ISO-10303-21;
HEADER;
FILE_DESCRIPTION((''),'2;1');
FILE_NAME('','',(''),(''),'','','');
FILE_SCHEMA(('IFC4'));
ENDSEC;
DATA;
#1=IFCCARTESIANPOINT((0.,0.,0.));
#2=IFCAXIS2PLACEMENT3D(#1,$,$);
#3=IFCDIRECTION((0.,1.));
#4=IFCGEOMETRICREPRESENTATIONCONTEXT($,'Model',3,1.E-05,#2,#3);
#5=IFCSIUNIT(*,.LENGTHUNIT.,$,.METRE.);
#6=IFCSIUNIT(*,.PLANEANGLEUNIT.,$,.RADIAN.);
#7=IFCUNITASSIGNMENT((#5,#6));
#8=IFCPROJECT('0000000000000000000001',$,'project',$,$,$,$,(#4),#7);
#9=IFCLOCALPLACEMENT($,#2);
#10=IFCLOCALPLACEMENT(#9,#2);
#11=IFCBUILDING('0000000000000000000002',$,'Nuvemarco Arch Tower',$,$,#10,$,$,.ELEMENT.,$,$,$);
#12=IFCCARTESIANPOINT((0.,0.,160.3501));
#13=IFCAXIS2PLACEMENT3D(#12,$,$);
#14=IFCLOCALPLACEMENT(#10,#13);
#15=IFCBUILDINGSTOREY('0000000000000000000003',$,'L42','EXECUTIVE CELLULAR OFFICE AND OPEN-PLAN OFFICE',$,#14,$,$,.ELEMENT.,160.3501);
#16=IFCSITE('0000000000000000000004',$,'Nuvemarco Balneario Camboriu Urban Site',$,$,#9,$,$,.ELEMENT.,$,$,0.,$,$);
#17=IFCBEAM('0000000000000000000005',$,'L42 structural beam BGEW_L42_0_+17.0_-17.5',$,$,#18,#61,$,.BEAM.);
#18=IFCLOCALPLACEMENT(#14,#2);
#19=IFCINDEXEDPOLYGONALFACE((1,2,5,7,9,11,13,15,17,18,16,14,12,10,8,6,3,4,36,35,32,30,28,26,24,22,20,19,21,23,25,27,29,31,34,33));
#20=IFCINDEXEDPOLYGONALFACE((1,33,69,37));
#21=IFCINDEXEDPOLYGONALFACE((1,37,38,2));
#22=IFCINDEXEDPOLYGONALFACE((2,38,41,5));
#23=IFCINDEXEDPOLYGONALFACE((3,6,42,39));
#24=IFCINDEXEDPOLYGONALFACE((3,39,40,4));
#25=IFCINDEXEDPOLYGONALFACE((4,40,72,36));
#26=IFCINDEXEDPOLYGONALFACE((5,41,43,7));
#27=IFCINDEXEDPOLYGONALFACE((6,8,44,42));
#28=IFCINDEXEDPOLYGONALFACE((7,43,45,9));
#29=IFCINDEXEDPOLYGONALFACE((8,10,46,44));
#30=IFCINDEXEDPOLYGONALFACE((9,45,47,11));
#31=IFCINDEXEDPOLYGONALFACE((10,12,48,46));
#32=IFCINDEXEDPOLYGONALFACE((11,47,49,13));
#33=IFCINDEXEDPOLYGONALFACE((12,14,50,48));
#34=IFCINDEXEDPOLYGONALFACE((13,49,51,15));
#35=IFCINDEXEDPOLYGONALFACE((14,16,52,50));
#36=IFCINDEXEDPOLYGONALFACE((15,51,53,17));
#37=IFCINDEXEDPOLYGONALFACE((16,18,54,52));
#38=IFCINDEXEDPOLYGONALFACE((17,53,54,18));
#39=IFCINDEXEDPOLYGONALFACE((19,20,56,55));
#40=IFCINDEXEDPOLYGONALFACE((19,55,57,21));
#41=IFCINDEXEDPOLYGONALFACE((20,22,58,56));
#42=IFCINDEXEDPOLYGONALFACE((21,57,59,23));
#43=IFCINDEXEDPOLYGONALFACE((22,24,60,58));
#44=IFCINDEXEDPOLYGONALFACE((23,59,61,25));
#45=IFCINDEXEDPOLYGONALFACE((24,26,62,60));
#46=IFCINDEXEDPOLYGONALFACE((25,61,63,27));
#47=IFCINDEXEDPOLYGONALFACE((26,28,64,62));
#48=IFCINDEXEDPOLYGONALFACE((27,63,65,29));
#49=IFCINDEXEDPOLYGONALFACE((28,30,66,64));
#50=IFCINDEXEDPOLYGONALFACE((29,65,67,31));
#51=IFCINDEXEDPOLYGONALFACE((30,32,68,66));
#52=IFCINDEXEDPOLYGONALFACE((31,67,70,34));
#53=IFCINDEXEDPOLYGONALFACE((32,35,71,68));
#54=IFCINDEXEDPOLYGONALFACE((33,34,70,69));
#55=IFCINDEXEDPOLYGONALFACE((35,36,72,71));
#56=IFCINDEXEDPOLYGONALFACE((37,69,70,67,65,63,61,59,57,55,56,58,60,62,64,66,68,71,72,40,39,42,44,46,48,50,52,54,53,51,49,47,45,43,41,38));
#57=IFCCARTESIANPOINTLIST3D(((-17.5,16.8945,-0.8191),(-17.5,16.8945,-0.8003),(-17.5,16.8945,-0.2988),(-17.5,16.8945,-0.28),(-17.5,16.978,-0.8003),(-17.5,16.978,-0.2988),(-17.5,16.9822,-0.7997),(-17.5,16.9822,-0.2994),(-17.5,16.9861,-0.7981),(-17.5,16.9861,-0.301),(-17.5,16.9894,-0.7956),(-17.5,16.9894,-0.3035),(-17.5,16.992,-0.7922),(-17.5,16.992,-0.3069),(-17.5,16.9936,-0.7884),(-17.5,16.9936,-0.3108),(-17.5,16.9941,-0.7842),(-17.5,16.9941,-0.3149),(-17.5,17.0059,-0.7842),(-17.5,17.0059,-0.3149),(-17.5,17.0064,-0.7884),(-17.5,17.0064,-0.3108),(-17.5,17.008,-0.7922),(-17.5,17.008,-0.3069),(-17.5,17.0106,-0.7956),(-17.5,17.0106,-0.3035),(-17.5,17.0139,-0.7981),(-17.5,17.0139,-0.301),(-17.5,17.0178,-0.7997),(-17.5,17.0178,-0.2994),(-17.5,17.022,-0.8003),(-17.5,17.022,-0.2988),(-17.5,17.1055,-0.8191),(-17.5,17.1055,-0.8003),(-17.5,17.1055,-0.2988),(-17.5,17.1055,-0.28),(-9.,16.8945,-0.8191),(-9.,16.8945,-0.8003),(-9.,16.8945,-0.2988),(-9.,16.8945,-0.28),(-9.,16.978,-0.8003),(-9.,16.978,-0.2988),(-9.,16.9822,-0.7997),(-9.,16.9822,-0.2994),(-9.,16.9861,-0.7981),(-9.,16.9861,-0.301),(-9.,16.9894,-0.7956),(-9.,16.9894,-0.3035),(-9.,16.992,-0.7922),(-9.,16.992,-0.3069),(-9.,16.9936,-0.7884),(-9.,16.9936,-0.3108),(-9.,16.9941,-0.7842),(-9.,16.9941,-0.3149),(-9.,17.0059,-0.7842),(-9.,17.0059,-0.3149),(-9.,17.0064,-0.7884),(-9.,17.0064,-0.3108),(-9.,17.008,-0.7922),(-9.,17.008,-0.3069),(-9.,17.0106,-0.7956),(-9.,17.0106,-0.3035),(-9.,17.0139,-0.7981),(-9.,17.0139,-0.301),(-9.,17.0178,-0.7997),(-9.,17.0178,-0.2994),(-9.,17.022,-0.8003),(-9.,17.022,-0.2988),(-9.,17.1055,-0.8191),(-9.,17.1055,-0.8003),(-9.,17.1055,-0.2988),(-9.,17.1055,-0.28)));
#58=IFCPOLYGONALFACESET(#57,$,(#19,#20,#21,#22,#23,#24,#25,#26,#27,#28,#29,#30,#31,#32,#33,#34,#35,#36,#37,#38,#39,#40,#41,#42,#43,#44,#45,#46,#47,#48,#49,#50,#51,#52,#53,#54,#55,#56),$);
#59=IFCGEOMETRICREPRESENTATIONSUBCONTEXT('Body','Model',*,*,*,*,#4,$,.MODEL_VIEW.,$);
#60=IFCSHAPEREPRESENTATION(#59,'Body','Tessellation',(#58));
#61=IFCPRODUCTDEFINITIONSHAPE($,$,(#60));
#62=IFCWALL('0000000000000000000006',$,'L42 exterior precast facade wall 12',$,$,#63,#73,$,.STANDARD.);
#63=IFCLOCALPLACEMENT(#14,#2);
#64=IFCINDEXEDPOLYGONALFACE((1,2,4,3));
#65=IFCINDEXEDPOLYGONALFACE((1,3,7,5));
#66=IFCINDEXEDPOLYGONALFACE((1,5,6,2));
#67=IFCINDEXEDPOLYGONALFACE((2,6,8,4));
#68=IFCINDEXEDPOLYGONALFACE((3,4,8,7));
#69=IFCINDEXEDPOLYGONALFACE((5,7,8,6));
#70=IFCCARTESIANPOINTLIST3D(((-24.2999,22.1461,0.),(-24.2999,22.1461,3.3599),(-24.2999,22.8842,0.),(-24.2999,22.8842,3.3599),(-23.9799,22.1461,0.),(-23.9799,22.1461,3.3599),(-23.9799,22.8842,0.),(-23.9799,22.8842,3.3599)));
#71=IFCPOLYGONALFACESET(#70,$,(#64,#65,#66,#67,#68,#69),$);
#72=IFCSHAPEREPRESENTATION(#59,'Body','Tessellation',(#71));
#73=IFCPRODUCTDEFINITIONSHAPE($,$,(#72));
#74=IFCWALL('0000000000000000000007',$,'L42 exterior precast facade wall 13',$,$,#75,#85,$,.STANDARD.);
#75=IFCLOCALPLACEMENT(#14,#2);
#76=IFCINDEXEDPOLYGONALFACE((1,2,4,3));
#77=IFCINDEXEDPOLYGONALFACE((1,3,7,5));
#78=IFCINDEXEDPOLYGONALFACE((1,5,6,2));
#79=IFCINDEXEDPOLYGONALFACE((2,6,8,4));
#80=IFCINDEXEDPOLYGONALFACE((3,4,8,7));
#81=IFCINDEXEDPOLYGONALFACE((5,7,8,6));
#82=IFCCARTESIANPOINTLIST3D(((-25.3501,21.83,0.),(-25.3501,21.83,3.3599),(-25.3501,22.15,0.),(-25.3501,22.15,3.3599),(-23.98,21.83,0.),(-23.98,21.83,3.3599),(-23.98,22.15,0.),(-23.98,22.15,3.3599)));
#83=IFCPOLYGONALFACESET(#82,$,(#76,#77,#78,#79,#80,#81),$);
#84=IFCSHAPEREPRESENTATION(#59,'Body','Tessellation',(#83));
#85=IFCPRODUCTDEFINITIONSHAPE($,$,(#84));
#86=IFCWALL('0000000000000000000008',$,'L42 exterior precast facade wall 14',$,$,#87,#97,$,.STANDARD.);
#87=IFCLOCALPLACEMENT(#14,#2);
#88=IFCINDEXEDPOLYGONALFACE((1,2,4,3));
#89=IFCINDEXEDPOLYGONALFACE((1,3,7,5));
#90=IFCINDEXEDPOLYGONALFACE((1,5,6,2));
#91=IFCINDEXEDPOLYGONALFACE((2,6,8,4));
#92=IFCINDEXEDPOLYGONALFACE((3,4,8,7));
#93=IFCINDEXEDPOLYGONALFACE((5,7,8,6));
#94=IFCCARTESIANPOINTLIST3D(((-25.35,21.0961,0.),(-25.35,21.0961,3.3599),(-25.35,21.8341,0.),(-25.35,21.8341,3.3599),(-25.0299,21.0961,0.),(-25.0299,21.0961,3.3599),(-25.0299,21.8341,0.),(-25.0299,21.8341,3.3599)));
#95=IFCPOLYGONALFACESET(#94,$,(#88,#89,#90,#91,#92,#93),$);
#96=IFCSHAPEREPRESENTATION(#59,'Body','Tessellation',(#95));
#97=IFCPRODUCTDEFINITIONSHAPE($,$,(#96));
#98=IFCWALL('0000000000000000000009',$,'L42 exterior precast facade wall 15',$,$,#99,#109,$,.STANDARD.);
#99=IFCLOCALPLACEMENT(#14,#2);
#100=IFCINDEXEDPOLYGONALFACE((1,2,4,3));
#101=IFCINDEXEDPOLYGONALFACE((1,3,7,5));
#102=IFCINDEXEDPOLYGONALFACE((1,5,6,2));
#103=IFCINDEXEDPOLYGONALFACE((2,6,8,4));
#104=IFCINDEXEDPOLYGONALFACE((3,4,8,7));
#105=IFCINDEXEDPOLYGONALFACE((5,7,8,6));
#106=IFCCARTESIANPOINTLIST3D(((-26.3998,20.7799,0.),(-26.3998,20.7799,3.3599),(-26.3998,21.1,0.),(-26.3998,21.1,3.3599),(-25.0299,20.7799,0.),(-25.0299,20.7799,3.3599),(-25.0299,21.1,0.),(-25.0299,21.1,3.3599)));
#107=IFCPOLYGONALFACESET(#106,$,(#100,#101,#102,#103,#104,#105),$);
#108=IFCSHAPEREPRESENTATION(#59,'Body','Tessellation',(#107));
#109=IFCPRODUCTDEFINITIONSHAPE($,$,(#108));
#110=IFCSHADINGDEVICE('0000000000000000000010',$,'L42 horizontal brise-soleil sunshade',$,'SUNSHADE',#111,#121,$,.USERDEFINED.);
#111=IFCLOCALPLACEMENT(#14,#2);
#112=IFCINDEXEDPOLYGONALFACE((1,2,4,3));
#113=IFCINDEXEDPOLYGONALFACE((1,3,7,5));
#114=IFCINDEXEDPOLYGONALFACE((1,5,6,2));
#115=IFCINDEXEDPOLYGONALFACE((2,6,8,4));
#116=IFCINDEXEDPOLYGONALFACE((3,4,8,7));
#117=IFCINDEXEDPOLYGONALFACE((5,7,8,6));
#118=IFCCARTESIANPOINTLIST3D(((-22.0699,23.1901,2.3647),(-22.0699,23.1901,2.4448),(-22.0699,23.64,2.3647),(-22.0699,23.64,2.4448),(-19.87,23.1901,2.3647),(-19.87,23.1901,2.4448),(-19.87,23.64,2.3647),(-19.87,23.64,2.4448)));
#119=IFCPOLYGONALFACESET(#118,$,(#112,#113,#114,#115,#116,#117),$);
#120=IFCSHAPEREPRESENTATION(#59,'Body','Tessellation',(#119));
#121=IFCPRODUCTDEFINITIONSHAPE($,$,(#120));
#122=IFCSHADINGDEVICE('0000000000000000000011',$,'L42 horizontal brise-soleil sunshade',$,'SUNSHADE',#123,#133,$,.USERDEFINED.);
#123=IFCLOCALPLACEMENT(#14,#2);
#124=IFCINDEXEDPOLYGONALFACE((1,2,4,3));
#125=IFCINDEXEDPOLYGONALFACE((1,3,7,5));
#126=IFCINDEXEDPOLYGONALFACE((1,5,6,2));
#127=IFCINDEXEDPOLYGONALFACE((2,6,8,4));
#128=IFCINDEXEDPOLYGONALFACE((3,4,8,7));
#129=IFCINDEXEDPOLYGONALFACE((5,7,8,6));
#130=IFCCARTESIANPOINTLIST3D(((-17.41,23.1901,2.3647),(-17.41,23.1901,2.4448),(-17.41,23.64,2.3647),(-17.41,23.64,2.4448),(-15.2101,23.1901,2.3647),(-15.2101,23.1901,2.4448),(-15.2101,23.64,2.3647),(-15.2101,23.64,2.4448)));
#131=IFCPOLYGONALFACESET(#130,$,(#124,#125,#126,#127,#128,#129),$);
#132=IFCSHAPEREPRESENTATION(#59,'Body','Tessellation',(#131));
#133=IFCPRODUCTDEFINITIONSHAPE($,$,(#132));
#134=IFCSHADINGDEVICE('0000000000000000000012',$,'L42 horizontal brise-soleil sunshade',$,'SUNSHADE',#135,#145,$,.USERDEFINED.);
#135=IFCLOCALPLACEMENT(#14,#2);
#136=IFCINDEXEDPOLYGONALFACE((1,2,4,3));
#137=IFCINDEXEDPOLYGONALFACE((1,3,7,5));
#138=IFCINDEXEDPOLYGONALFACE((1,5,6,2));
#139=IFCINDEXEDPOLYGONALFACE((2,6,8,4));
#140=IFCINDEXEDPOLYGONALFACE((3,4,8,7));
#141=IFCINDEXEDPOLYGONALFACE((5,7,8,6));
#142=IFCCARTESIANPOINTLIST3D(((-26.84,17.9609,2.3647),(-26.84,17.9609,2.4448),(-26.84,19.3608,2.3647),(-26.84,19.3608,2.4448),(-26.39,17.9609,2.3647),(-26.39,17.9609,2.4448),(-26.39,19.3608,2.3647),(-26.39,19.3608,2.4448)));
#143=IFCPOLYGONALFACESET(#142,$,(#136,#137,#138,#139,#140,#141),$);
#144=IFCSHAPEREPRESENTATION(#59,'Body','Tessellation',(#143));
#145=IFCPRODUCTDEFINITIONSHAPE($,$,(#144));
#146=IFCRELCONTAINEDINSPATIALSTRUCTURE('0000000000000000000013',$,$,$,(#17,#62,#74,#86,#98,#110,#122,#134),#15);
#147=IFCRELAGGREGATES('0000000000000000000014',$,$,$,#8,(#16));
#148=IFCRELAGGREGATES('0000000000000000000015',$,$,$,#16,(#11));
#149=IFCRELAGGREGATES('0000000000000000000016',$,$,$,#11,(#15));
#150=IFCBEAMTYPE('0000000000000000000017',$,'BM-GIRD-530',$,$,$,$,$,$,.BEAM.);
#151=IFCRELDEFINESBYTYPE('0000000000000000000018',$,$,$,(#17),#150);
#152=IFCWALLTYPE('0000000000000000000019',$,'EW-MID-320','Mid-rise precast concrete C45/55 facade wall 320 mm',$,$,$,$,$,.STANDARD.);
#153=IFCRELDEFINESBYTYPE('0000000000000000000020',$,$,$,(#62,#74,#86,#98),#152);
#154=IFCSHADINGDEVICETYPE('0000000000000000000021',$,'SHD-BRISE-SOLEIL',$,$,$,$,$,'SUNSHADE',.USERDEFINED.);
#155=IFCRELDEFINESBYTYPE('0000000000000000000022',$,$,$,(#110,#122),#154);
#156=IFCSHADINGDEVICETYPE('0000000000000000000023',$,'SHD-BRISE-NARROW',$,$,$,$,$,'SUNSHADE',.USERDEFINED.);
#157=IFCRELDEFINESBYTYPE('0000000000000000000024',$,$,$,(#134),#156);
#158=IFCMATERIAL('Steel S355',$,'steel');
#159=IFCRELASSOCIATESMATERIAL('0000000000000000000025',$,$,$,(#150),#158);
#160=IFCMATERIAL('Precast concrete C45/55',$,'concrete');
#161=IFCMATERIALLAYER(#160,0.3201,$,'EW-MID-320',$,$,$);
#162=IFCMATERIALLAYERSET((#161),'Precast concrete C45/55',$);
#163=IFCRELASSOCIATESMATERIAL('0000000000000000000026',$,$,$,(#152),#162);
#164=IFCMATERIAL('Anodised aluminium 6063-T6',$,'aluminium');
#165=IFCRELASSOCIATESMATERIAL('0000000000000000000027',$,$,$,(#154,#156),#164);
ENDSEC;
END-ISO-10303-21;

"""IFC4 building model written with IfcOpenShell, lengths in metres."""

from ifc_helpers import new_model, si_unit, direction, frame, frame_2d, origin, origin_2d, place, context, subcontext, project, spatial, rectangle, i_section, extrude, source, transform, mapped, material, layer, layer_set, material_profile, profile_set, type_object, type_shapes, element, save


model = new_model("IFC4")

# Units and contexts
model_context = context("Model", 3, precision=1e-05, world=origin(), true_north=direction((0.0, 1.0)))
body_context = subcontext(model_context, "Body", "Model", "MODEL_VIEW")
ifc_project = project(units=[si_unit("LENGTHUNIT", "METRE"), si_unit("PLANEANGLEUNIT", "RADIAN")], contexts=[model_context])

# Site, building, storey
site_placement = place(None, origin())
site = spatial("IfcSite", under=ifc_project, at=site_placement, Name="Nuvemarco Balneario Camboriu Urban Site", CompositionType="ELEMENT", RefElevation=0.0)
building_placement = place(site_placement, origin())
building = spatial("IfcBuilding", under=site, at=building_placement, Name="Nuvemarco Arch Tower", CompositionType="ELEMENT")
storey_placement = place(building_placement, frame((0.0, 0.0, 160.3501)))
storey = spatial("IfcBuildingStorey", under=building, at=storey_placement, Name="L42", Description="EXECUTIVE CELLULAR OFFICE AND OPEN-PLAN OFFICE", CompositionType="ELEMENT", Elevation=160.3501)

# Beam
ifc_material_1 = material(Name="Steel S355", Category="steel")
ifc_material_profile = material_profile(ifc_material_1, i_section(OverallWidth=0.2109, OverallDepth=0.5391, WebThickness=0.0117, FlangeThickness=0.0188, FilletRadius=0.0161, at=origin_2d()), Name="W530x109")
ifc_profile_set = profile_set([ifc_material_profile], Name="Steel S355")
beam_type = type_object("IfcBeamType", Name="BM-GIRD-530", PredefinedType="BEAM", material=ifc_profile_set)
beam_placement = place(storey_placement, frame((-17.5, 17.0, -0.5496), z_axis=(1.0, 0.0, 0.0), x_axis=(0.0, 1.0, 0.0)))
element("IfcBeam", 1, at=beam_placement, inside=storey, type_object=beam_type, Name="L42 structural beam BGEW_L42_0_+17.0_-17.5", PredefinedType="BEAM", context=body_context, shape_type="SweptSolid", body=[
    extrude(i_section(OverallWidth=0.2109, OverallDepth=0.5391, WebThickness=0.0117, FlangeThickness=0.0188, FilletRadius=0.0161, at=origin_2d()), origin(), (0.0, 0.0, 1.0), 8.5),
])

# Shared definitions
ifc_material_2 = material(Name="Precast concrete C45/55", Category="concrete")
ifc_layer = layer(ifc_material_2, 0.3201, Name="EW-MID-320")
ifc_layer_set = layer_set([ifc_layer], Name="Precast concrete C45/55")
wall_type = type_object("IfcWallType", Name="EW-MID-320", Description="Mid-rise precast concrete C45/55 facade wall 320 mm", PredefinedType="STANDARD", material=ifc_layer_set)

# Walls
wall_1_placement = place(storey_placement, frame((-24.1399, 22.146, 0.0), z_axis=(0.0, 0.0, 1.0), x_axis=(0.0, 1.0, 0.0)))
element("IfcWall", 2, at=wall_1_placement, inside=storey, type_object=wall_type, Name="L42 exterior precast facade wall 12", PredefinedType="STANDARD", context=body_context, shape_type="SweptSolid", body=[
    extrude(rectangle(XDim=0.738, YDim=0.3201, at=frame_2d((0.3691, 0.0))), origin(), (0.0, 0.0, 1.0), 3.3599),
])
wall_2_placement = place(storey_placement, frame((-25.3501, 21.99, 0.0), z_axis=(0.0, 0.0, 1.0), x_axis=(1.0, 0.0, 0.0)))
element("IfcWall", 3, at=wall_2_placement, inside=storey, type_object=wall_type, Name="L42 exterior precast facade wall 13", PredefinedType="STANDARD", context=body_context, shape_type="SweptSolid", body=[
    extrude(rectangle(XDim=1.3701, YDim=0.3201, at=frame_2d((0.6851, 0.0))), origin(), (0.0, 0.0, 1.0), 3.3599),
])
wall_3_placement = place(storey_placement, frame((-25.1899, 21.0959, 0.0), z_axis=(0.0, 0.0, 1.0), x_axis=(0.0, 1.0, 0.0)))
element("IfcWall", 4, at=wall_3_placement, inside=storey, type_object=wall_type, Name="L42 exterior precast facade wall 14", PredefinedType="STANDARD", context=body_context, shape_type="SweptSolid", body=[
    extrude(rectangle(XDim=0.738, YDim=0.3201, at=frame_2d((0.3691, 0.0))), origin(), (0.0, 0.0, 1.0), 3.3599),
])
wall_4_placement = place(storey_placement, frame((-26.3999, 20.9399, 0.0), z_axis=(0.0, 0.0, 1.0), x_axis=(1.0, 0.0, 0.0)))
element("IfcWall", 5, at=wall_4_placement, inside=storey, type_object=wall_type, Name="L42 exterior precast facade wall 15", PredefinedType="STANDARD", context=body_context, shape_type="SweptSolid", body=[
    extrude(rectangle(XDim=1.3699, YDim=0.3201, at=frame_2d((0.6851, 0.0))), origin(), (0.0, 0.0, 1.0), 3.3599),
])

# Shading devices
ifc_material_3 = material(Name="Anodised aluminium 6063-T6", Category="aluminium")
shading_device_type_1 = type_object("IfcShadingDeviceType", Name="SHD-BRISE-SOLEIL", ElementType="SUNSHADE", PredefinedType="USERDEFINED", material=ifc_material_3)
shared_shape_1 = source(origin(), body_context, "Body", "SweptSolid", [
    extrude(rectangle(XDim=2.2, YDim=0.45, at=origin_2d()), origin(), (0.0, 0.0, 1.0), 0.0801),
])
type_shapes(shading_device_type_1, [shared_shape_1])
for number, where, z_axis, x_axis, name in (
    (6, (-20.97, 23.415, 2.3647), (0.0, 0.0, 1.0), (1.0, 0.0, 0.0), "L42 horizontal brise-soleil sunshade"),
    (7, (-16.3101, 23.415, 2.3647), (0.0, 0.0, 1.0), (1.0, 0.0, 0.0), "L42 horizontal brise-soleil sunshade"),
):
    element("IfcShadingDevice", number, at=place(storey_placement, frame(where, z_axis=z_axis, x_axis=x_axis)), inside=storey, type_object=shading_device_type_1, Name=name, ObjectType="SUNSHADE", PredefinedType="USERDEFINED", context=body_context, shape_type="MappedRepresentation", body=[
        mapped(shared_shape_1, transform((0.0, 0.0, 0.0), scale=1.0)),
    ])
shading_device_type_2 = type_object("IfcShadingDeviceType", Name="SHD-BRISE-NARROW", ElementType="SUNSHADE", PredefinedType="USERDEFINED", material=ifc_material_3)
shared_shape_2 = source(origin(), body_context, "Body", "SweptSolid", [
    extrude(rectangle(XDim=1.3999, YDim=0.45, at=origin_2d()), origin(), (0.0, 0.0, 1.0), 0.0801),
])
type_shapes(shading_device_type_2, [shared_shape_2])
shading_device_placement = place(storey_placement, frame((-26.615, 18.6609, 2.3647), z_axis=(0.0, 0.0, 1.0), x_axis=(0.0, 1.0, 0.0)))
element("IfcShadingDevice", 8, at=shading_device_placement, inside=storey, type_object=shading_device_type_2, Name="L42 horizontal brise-soleil sunshade", ObjectType="SUNSHADE", PredefinedType="USERDEFINED", context=body_context, shape_type="MappedRepresentation", body=[
    mapped(shared_shape_2, transform((0.0, 0.0, 0.0), scale=1.0)),
])

save(model, "model.ifc")
